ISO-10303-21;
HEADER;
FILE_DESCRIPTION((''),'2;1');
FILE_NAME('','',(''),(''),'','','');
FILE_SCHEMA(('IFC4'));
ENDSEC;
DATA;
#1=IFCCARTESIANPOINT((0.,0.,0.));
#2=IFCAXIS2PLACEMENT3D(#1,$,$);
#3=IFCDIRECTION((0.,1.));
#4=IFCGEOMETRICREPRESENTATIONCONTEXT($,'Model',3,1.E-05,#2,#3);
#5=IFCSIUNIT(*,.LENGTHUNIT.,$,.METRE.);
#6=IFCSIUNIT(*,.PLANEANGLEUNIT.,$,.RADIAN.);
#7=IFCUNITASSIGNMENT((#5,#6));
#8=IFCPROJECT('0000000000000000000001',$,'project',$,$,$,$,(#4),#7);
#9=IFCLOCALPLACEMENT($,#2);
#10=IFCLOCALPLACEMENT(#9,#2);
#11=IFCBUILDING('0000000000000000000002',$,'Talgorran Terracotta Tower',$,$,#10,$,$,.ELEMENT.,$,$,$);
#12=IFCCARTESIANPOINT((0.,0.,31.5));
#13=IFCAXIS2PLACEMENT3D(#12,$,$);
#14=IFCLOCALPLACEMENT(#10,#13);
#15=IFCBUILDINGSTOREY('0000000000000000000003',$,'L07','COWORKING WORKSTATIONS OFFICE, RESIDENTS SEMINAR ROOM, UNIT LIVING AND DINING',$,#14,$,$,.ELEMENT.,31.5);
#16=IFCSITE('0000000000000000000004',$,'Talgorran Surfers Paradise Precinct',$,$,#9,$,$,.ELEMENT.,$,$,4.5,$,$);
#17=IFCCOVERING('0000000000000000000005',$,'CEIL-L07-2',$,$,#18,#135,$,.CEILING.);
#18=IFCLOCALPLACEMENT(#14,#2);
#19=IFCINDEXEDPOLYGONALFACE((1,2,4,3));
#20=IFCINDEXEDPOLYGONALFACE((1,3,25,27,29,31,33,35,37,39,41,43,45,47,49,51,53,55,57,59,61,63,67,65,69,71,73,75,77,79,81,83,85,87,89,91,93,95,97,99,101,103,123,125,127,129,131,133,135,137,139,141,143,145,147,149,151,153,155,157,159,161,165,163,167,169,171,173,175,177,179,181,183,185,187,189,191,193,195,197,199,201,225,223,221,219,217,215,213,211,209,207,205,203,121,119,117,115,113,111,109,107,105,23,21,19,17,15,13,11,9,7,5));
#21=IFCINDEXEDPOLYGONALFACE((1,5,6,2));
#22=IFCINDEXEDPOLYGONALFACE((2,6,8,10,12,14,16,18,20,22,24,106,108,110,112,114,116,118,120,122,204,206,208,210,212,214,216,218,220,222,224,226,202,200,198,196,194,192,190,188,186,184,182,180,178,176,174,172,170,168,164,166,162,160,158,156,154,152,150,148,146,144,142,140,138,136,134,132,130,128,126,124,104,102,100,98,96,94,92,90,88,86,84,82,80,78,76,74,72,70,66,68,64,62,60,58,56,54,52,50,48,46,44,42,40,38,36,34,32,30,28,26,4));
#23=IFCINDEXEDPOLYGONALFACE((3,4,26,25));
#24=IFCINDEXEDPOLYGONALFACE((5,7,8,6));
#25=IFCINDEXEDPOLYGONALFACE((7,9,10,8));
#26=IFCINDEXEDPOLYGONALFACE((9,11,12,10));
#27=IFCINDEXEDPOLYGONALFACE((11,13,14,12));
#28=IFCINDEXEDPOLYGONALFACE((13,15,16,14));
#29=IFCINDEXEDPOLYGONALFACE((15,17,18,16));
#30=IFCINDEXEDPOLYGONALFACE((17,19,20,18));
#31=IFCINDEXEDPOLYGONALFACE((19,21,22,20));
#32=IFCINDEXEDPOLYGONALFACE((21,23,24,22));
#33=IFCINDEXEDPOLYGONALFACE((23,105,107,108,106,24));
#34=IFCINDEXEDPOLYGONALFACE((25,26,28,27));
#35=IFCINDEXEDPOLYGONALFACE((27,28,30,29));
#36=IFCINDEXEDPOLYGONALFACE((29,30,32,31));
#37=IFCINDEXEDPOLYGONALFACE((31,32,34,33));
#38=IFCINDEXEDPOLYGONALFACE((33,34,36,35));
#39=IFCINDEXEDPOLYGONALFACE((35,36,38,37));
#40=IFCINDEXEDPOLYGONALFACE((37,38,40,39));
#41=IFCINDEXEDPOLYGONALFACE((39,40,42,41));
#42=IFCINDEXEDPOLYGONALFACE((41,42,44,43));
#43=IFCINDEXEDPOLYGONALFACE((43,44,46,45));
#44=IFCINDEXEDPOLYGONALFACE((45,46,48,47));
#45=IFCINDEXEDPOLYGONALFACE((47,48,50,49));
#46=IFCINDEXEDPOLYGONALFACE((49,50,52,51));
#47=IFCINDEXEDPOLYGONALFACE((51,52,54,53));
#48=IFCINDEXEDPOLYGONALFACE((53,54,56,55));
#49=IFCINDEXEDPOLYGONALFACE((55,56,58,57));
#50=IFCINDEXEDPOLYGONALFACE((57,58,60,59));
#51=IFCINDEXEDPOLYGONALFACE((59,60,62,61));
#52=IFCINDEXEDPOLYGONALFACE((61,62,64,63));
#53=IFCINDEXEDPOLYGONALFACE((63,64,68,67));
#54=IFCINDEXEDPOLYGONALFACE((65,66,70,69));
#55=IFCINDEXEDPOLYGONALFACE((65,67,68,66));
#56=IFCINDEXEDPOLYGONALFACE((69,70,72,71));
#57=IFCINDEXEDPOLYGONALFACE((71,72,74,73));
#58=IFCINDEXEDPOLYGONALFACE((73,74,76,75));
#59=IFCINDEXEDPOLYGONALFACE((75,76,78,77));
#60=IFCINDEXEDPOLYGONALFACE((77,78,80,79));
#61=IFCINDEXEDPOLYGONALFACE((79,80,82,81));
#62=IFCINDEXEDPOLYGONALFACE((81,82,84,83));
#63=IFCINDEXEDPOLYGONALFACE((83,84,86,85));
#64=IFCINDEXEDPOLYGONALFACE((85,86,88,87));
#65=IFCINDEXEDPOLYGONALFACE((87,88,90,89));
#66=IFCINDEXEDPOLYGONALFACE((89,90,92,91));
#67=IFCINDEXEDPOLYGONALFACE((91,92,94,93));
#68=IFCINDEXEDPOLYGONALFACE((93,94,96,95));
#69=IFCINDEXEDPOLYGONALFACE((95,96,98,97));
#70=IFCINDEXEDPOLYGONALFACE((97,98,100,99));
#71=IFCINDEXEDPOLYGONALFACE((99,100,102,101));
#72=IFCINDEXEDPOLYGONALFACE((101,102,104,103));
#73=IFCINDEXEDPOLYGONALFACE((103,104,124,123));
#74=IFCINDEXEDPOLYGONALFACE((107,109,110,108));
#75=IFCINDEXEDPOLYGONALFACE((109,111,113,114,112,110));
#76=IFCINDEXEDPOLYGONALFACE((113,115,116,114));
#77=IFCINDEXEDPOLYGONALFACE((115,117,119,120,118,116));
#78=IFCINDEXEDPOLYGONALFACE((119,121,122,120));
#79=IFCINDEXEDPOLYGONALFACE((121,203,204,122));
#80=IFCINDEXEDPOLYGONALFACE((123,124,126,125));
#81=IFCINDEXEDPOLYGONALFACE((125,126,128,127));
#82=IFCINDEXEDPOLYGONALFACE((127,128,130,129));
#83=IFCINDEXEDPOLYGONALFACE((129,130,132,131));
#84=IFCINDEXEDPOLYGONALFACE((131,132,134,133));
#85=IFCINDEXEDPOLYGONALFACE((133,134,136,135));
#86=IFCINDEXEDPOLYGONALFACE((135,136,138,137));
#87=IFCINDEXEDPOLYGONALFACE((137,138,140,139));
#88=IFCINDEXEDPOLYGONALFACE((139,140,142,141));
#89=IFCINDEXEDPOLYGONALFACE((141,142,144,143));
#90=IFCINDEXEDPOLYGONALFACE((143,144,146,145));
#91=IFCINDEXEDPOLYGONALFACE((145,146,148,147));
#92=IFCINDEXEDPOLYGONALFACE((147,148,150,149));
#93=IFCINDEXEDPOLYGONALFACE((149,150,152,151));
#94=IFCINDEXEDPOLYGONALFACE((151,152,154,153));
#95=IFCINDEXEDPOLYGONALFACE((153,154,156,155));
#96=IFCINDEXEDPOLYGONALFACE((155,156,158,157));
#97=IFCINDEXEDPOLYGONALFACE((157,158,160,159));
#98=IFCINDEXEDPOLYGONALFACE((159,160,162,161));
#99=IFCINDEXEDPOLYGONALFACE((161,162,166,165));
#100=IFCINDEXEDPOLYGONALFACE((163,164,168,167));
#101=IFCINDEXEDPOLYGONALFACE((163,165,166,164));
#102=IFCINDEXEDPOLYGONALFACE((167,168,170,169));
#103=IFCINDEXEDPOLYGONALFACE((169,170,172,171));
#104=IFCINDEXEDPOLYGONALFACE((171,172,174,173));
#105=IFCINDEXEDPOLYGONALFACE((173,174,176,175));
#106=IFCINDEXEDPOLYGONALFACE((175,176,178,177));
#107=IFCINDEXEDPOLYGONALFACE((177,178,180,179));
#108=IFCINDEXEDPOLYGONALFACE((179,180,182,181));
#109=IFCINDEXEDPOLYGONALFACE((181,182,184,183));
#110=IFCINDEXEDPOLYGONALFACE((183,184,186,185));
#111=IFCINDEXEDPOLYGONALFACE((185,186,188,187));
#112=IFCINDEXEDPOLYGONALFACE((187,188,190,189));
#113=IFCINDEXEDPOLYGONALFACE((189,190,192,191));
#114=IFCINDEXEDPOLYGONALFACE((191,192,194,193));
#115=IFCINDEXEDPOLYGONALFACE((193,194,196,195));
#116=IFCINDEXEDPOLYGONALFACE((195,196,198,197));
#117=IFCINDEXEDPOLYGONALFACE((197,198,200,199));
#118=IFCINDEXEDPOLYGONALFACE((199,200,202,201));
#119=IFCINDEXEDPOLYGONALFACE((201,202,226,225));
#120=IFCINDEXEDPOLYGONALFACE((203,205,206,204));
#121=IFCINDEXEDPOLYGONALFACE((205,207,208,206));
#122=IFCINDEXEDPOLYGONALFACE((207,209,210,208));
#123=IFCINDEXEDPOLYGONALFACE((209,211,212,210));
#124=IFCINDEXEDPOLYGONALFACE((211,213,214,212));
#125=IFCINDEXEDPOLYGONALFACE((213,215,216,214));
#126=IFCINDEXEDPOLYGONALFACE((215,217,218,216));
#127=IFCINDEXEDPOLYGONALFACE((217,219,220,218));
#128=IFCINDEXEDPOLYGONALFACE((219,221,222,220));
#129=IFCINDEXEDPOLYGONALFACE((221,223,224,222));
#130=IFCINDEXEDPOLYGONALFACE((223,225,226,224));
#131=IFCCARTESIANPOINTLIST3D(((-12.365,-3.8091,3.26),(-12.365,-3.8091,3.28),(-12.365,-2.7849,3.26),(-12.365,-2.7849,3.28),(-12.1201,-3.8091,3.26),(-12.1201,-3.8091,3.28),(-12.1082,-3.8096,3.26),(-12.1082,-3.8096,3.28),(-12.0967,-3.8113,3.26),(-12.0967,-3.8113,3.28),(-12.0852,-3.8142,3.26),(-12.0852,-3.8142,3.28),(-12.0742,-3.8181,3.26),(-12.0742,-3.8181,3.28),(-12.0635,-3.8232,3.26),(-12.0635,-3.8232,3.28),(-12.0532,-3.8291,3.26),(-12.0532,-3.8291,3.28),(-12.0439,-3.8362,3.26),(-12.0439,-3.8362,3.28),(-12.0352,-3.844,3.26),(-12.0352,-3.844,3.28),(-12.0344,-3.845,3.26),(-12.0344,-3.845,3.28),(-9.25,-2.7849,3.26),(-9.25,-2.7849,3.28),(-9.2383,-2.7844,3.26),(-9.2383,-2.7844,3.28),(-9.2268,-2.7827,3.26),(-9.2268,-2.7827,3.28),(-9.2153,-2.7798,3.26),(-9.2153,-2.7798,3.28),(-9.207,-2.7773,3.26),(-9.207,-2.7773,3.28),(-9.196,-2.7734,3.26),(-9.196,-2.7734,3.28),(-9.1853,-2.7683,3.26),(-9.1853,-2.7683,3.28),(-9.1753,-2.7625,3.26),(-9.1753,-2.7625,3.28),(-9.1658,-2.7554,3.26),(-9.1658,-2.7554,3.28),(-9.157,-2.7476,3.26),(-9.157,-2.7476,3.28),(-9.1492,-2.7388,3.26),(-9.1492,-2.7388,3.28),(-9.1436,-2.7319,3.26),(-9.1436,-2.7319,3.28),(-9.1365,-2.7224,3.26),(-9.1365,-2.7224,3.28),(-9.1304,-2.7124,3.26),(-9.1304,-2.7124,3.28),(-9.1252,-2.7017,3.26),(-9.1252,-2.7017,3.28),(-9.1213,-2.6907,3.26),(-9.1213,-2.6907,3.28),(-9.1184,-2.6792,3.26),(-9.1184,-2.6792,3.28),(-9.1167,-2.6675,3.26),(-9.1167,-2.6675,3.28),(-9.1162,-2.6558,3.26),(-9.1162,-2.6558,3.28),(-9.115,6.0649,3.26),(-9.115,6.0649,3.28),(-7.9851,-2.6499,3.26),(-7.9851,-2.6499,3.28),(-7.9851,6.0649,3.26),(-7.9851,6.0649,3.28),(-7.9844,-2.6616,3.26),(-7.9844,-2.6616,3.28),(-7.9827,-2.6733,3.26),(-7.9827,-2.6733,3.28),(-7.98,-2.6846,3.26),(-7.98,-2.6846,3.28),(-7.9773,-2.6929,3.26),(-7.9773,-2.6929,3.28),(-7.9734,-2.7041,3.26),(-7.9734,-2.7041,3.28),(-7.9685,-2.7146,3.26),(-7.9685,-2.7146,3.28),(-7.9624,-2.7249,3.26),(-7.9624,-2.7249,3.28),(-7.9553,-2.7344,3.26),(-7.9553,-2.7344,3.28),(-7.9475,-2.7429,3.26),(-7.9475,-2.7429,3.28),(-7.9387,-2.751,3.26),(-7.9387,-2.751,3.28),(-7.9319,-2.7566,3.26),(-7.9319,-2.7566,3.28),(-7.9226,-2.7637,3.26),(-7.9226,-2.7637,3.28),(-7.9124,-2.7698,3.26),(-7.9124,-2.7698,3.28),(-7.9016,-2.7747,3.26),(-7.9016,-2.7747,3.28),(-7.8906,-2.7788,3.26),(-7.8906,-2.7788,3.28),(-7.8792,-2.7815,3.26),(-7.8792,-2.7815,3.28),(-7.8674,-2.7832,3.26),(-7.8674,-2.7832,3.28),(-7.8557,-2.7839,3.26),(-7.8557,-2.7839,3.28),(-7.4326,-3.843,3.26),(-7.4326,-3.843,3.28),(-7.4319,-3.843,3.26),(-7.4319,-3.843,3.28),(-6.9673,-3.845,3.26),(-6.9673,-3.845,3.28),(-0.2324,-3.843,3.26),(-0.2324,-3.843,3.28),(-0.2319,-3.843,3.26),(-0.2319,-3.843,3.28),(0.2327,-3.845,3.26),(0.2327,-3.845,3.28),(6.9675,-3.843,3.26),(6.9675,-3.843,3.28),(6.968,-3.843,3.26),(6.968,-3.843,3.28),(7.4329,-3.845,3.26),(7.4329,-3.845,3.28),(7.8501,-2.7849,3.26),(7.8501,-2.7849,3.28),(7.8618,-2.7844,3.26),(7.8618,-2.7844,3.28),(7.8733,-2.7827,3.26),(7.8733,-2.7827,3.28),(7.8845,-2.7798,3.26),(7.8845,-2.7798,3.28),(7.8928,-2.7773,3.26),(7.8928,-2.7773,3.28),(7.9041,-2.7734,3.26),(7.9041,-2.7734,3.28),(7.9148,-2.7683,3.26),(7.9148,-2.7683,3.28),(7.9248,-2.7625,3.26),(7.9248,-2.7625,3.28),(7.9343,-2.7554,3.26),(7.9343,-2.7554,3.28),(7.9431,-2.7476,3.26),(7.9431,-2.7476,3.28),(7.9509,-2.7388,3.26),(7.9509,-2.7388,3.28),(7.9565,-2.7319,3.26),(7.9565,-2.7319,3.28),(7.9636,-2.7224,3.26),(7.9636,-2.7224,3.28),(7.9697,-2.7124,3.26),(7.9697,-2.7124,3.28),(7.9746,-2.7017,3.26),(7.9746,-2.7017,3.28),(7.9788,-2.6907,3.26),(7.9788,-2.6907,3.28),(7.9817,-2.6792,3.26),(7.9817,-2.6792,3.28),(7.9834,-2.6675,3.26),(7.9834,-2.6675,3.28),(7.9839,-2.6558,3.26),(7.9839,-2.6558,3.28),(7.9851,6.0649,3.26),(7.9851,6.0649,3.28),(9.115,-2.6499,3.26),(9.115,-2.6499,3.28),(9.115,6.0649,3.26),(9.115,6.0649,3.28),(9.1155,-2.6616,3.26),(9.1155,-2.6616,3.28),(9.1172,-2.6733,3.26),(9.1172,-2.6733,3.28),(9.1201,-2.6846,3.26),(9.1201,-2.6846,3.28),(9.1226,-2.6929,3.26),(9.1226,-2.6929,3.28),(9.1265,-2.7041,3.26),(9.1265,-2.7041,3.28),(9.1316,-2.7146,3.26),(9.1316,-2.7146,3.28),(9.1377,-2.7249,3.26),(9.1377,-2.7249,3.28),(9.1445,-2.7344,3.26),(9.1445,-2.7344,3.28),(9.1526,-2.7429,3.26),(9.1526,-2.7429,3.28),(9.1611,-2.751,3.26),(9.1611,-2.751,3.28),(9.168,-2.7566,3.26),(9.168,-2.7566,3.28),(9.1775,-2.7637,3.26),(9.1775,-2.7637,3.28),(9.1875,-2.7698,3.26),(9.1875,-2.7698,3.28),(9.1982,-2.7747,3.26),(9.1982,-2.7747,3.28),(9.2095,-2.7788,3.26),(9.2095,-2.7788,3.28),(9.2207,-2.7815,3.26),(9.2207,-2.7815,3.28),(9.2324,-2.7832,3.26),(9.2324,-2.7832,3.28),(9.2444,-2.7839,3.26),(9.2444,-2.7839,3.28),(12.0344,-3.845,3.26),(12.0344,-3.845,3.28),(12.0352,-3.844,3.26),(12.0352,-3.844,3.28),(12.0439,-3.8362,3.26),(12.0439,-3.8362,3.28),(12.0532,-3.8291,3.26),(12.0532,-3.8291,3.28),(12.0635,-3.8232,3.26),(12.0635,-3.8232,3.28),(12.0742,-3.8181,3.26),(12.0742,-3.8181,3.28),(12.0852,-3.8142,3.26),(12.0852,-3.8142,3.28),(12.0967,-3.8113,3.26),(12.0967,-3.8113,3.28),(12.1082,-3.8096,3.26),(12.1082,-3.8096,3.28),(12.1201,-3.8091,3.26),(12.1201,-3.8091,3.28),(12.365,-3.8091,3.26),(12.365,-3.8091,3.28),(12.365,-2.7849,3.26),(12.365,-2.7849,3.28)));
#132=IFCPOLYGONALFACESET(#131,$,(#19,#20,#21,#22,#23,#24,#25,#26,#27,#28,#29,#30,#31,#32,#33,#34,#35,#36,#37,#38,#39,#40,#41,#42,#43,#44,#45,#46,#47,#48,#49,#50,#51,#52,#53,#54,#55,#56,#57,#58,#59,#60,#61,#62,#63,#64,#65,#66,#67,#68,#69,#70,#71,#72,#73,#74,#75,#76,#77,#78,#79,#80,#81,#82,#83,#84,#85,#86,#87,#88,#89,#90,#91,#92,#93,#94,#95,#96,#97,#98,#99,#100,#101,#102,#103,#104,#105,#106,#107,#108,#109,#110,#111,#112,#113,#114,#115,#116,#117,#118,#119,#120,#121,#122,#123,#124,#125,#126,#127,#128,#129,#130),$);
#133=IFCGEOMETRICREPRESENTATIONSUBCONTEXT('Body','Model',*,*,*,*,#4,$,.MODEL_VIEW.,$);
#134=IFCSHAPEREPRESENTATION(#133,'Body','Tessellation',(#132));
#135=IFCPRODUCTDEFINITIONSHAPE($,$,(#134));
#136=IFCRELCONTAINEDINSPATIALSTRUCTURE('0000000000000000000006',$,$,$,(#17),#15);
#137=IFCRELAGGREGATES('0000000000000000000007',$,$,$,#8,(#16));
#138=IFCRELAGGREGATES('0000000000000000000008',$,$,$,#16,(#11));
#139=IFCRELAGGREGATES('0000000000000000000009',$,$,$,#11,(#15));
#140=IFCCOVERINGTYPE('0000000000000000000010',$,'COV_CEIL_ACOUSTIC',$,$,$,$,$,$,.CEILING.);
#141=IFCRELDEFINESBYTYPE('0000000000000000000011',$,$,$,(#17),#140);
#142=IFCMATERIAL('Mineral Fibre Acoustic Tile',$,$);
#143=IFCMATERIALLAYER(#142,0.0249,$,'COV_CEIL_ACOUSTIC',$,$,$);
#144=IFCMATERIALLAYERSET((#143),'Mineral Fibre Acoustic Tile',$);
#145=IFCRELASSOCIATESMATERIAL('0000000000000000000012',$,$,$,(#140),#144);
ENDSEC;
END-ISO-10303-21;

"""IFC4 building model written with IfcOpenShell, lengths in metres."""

from ifc_helpers import new_model, si_unit, direction, frame, origin, place, context, subcontext, project, spatial, polyline, outline, extrude, material, layer, layer_set, type_object, element, save


model = new_model("IFC4")

# Units and contexts
model_context = context("Model", 3, precision=1e-05, world=origin(), true_north=direction((0.0, 1.0)))
body_context = subcontext(model_context, "Body", "Model", "MODEL_VIEW")
ifc_project = project(units=[si_unit("LENGTHUNIT", "METRE"), si_unit("PLANEANGLEUNIT", "RADIAN")], contexts=[model_context])

# Site, building, storey
site_placement = place(None, origin())
site = spatial("IfcSite", under=ifc_project, at=site_placement, Name="Talgorran Surfers Paradise Precinct", CompositionType="ELEMENT", RefElevation=4.5)
building_placement = place(site_placement, origin())
building = spatial("IfcBuilding", under=site, at=building_placement, Name="Talgorran Terracotta Tower", CompositionType="ELEMENT")
storey_placement = place(building_placement, frame((0.0, 0.0, 31.5)))
storey = spatial("IfcBuildingStorey", under=building, at=storey_placement, Name="L07", Description="COWORKING WORKSTATIONS OFFICE, RESIDENTS SEMINAR ROOM, UNIT LIVING AND DINING", CompositionType="ELEMENT", Elevation=31.5)

# Covering
ifc_material_1 = material(Name="Mineral Fibre Acoustic Tile")
ifc_layer_1 = layer(ifc_material_1, 0.0249, Name="COV_CEIL_ACOUSTIC")
ifc_layer_set_1 = layer_set([ifc_layer_1], Name="Mineral Fibre Acoustic Tile")
covering_type_1 = type_object("IfcCoveringType", Name="COV_CEIL_ACOUSTIC", PredefinedType="CEILING", material=ifc_layer_set_1)
covering_1_placement = place(storey_placement, frame((0.0, 0.0, 3.26)))
element("IfcCovering", 1, at=covering_1_placement, inside=storey, type_object=covering_type_1, Name="CEIL-L07-2", PredefinedType="CEILING", context=body_context, shape_type="SweptSolid", body=[
    extrude(outline(polyline([(-12.365, -2.7849), (-9.25, -2.7849), (-9.2383, -2.7844), (-9.2268, -2.7827), (-9.2153, -2.7798), (-9.207, -2.7773), (-9.196, -2.7734), (-9.1853, -2.7683), (-9.1753, -2.7625), (-9.1658, -2.7554), (-9.157, -2.7476), (-9.1492, -2.7388), (-9.1436, -2.7319), (-9.1365, -2.7224), (-9.1304, -2.7124), (-9.1252, -2.7017), (-9.1213, -2.6907), (-9.1184, -2.6792), (-9.1167, -2.6675), (-9.1162, -2.6558), (-9.115, 6.0649), (-7.9851, 6.0649), (-7.9851, -2.6499), (-7.9844, -2.6616), (-7.9827, -2.6733), (-7.98, -2.6846), (-7.9773, -2.6929), (-7.9734, -2.7041), (-7.9685, -2.7146), (-7.9624, -2.7249), (-7.9553, -2.7344), (-7.9475, -2.7429), (-7.9387, -2.751), (-7.9319, -2.7566), (-7.9226, -2.7637), (-7.9124, -2.7698), (-7.9016, -2.7747), (-7.8906, -2.7788), (-7.8792, -2.7815), (-7.8674, -2.7832), (-7.8557, -2.7839), (7.8501, -2.7849), (7.8618, -2.7844), (7.8733, -2.7827), (7.8845, -2.7798), (7.8928, -2.7773), (7.9041, -2.7734), (7.9148, -2.7683), (7.9248, -2.7625), (7.9343, -2.7554), (7.9431, -2.7476), (7.9509, -2.7388), (7.9565, -2.7319), (7.9636, -2.7224), (7.9697, -2.7124), (7.9746, -2.7017), (7.9788, -2.6907), (7.9817, -2.6792), (7.9834, -2.6675), (7.9839, -2.6558), (7.9851, 6.0649), (9.115, 6.0649), (9.115, -2.6499), (9.1155, -2.6616), (9.1172, -2.6733), (9.1201, -2.6846), (9.1226, -2.6929), (9.1265, -2.7041), (9.1316, -2.7146), (9.1377, -2.7249), (9.1445, -2.7344), (9.1526, -2.7429), (9.1611, -2.751), (9.168, -2.7566), (9.1775, -2.7637), (9.1875, -2.7698), (9.1982, -2.7747), (9.2095, -2.7788), (9.2207, -2.7815), (9.2324, -2.7832), (9.2444, -2.7839), (12.365, -2.7849), (12.365, -3.8091), (12.1201, -3.8091), (12.1082, -3.8096), (12.0967, -3.8113), (12.0852, -3.8142), (12.0742, -3.8181), (12.0635, -3.8232), (12.0532, -3.8291), (12.0439, -3.8362), (12.0352, -3.844), (12.0344, -3.845), (7.4329, -3.845), (6.968, -3.843), (6.9675, -3.843), (0.2327, -3.845), (-0.2319, -3.843), (-0.2324, -3.843), (-6.9673, -3.845), (-7.4319, -3.843), (-7.4326, -3.843), (-12.0344, -3.845), (-12.0352, -3.844), (-12.0439, -3.8362), (-12.0532, -3.8291), (-12.0635, -3.8232), (-12.0742, -3.8181), (-12.0852, -3.8142), (-12.0967, -3.8113), (-12.1082, -3.8096), (-12.1201, -3.8091), (-12.365, -3.8091), (-12.365, -2.7849)])), origin(), (0.0, 0.0, 1.0), 0.02),
])

save(model, "model.ifc")
